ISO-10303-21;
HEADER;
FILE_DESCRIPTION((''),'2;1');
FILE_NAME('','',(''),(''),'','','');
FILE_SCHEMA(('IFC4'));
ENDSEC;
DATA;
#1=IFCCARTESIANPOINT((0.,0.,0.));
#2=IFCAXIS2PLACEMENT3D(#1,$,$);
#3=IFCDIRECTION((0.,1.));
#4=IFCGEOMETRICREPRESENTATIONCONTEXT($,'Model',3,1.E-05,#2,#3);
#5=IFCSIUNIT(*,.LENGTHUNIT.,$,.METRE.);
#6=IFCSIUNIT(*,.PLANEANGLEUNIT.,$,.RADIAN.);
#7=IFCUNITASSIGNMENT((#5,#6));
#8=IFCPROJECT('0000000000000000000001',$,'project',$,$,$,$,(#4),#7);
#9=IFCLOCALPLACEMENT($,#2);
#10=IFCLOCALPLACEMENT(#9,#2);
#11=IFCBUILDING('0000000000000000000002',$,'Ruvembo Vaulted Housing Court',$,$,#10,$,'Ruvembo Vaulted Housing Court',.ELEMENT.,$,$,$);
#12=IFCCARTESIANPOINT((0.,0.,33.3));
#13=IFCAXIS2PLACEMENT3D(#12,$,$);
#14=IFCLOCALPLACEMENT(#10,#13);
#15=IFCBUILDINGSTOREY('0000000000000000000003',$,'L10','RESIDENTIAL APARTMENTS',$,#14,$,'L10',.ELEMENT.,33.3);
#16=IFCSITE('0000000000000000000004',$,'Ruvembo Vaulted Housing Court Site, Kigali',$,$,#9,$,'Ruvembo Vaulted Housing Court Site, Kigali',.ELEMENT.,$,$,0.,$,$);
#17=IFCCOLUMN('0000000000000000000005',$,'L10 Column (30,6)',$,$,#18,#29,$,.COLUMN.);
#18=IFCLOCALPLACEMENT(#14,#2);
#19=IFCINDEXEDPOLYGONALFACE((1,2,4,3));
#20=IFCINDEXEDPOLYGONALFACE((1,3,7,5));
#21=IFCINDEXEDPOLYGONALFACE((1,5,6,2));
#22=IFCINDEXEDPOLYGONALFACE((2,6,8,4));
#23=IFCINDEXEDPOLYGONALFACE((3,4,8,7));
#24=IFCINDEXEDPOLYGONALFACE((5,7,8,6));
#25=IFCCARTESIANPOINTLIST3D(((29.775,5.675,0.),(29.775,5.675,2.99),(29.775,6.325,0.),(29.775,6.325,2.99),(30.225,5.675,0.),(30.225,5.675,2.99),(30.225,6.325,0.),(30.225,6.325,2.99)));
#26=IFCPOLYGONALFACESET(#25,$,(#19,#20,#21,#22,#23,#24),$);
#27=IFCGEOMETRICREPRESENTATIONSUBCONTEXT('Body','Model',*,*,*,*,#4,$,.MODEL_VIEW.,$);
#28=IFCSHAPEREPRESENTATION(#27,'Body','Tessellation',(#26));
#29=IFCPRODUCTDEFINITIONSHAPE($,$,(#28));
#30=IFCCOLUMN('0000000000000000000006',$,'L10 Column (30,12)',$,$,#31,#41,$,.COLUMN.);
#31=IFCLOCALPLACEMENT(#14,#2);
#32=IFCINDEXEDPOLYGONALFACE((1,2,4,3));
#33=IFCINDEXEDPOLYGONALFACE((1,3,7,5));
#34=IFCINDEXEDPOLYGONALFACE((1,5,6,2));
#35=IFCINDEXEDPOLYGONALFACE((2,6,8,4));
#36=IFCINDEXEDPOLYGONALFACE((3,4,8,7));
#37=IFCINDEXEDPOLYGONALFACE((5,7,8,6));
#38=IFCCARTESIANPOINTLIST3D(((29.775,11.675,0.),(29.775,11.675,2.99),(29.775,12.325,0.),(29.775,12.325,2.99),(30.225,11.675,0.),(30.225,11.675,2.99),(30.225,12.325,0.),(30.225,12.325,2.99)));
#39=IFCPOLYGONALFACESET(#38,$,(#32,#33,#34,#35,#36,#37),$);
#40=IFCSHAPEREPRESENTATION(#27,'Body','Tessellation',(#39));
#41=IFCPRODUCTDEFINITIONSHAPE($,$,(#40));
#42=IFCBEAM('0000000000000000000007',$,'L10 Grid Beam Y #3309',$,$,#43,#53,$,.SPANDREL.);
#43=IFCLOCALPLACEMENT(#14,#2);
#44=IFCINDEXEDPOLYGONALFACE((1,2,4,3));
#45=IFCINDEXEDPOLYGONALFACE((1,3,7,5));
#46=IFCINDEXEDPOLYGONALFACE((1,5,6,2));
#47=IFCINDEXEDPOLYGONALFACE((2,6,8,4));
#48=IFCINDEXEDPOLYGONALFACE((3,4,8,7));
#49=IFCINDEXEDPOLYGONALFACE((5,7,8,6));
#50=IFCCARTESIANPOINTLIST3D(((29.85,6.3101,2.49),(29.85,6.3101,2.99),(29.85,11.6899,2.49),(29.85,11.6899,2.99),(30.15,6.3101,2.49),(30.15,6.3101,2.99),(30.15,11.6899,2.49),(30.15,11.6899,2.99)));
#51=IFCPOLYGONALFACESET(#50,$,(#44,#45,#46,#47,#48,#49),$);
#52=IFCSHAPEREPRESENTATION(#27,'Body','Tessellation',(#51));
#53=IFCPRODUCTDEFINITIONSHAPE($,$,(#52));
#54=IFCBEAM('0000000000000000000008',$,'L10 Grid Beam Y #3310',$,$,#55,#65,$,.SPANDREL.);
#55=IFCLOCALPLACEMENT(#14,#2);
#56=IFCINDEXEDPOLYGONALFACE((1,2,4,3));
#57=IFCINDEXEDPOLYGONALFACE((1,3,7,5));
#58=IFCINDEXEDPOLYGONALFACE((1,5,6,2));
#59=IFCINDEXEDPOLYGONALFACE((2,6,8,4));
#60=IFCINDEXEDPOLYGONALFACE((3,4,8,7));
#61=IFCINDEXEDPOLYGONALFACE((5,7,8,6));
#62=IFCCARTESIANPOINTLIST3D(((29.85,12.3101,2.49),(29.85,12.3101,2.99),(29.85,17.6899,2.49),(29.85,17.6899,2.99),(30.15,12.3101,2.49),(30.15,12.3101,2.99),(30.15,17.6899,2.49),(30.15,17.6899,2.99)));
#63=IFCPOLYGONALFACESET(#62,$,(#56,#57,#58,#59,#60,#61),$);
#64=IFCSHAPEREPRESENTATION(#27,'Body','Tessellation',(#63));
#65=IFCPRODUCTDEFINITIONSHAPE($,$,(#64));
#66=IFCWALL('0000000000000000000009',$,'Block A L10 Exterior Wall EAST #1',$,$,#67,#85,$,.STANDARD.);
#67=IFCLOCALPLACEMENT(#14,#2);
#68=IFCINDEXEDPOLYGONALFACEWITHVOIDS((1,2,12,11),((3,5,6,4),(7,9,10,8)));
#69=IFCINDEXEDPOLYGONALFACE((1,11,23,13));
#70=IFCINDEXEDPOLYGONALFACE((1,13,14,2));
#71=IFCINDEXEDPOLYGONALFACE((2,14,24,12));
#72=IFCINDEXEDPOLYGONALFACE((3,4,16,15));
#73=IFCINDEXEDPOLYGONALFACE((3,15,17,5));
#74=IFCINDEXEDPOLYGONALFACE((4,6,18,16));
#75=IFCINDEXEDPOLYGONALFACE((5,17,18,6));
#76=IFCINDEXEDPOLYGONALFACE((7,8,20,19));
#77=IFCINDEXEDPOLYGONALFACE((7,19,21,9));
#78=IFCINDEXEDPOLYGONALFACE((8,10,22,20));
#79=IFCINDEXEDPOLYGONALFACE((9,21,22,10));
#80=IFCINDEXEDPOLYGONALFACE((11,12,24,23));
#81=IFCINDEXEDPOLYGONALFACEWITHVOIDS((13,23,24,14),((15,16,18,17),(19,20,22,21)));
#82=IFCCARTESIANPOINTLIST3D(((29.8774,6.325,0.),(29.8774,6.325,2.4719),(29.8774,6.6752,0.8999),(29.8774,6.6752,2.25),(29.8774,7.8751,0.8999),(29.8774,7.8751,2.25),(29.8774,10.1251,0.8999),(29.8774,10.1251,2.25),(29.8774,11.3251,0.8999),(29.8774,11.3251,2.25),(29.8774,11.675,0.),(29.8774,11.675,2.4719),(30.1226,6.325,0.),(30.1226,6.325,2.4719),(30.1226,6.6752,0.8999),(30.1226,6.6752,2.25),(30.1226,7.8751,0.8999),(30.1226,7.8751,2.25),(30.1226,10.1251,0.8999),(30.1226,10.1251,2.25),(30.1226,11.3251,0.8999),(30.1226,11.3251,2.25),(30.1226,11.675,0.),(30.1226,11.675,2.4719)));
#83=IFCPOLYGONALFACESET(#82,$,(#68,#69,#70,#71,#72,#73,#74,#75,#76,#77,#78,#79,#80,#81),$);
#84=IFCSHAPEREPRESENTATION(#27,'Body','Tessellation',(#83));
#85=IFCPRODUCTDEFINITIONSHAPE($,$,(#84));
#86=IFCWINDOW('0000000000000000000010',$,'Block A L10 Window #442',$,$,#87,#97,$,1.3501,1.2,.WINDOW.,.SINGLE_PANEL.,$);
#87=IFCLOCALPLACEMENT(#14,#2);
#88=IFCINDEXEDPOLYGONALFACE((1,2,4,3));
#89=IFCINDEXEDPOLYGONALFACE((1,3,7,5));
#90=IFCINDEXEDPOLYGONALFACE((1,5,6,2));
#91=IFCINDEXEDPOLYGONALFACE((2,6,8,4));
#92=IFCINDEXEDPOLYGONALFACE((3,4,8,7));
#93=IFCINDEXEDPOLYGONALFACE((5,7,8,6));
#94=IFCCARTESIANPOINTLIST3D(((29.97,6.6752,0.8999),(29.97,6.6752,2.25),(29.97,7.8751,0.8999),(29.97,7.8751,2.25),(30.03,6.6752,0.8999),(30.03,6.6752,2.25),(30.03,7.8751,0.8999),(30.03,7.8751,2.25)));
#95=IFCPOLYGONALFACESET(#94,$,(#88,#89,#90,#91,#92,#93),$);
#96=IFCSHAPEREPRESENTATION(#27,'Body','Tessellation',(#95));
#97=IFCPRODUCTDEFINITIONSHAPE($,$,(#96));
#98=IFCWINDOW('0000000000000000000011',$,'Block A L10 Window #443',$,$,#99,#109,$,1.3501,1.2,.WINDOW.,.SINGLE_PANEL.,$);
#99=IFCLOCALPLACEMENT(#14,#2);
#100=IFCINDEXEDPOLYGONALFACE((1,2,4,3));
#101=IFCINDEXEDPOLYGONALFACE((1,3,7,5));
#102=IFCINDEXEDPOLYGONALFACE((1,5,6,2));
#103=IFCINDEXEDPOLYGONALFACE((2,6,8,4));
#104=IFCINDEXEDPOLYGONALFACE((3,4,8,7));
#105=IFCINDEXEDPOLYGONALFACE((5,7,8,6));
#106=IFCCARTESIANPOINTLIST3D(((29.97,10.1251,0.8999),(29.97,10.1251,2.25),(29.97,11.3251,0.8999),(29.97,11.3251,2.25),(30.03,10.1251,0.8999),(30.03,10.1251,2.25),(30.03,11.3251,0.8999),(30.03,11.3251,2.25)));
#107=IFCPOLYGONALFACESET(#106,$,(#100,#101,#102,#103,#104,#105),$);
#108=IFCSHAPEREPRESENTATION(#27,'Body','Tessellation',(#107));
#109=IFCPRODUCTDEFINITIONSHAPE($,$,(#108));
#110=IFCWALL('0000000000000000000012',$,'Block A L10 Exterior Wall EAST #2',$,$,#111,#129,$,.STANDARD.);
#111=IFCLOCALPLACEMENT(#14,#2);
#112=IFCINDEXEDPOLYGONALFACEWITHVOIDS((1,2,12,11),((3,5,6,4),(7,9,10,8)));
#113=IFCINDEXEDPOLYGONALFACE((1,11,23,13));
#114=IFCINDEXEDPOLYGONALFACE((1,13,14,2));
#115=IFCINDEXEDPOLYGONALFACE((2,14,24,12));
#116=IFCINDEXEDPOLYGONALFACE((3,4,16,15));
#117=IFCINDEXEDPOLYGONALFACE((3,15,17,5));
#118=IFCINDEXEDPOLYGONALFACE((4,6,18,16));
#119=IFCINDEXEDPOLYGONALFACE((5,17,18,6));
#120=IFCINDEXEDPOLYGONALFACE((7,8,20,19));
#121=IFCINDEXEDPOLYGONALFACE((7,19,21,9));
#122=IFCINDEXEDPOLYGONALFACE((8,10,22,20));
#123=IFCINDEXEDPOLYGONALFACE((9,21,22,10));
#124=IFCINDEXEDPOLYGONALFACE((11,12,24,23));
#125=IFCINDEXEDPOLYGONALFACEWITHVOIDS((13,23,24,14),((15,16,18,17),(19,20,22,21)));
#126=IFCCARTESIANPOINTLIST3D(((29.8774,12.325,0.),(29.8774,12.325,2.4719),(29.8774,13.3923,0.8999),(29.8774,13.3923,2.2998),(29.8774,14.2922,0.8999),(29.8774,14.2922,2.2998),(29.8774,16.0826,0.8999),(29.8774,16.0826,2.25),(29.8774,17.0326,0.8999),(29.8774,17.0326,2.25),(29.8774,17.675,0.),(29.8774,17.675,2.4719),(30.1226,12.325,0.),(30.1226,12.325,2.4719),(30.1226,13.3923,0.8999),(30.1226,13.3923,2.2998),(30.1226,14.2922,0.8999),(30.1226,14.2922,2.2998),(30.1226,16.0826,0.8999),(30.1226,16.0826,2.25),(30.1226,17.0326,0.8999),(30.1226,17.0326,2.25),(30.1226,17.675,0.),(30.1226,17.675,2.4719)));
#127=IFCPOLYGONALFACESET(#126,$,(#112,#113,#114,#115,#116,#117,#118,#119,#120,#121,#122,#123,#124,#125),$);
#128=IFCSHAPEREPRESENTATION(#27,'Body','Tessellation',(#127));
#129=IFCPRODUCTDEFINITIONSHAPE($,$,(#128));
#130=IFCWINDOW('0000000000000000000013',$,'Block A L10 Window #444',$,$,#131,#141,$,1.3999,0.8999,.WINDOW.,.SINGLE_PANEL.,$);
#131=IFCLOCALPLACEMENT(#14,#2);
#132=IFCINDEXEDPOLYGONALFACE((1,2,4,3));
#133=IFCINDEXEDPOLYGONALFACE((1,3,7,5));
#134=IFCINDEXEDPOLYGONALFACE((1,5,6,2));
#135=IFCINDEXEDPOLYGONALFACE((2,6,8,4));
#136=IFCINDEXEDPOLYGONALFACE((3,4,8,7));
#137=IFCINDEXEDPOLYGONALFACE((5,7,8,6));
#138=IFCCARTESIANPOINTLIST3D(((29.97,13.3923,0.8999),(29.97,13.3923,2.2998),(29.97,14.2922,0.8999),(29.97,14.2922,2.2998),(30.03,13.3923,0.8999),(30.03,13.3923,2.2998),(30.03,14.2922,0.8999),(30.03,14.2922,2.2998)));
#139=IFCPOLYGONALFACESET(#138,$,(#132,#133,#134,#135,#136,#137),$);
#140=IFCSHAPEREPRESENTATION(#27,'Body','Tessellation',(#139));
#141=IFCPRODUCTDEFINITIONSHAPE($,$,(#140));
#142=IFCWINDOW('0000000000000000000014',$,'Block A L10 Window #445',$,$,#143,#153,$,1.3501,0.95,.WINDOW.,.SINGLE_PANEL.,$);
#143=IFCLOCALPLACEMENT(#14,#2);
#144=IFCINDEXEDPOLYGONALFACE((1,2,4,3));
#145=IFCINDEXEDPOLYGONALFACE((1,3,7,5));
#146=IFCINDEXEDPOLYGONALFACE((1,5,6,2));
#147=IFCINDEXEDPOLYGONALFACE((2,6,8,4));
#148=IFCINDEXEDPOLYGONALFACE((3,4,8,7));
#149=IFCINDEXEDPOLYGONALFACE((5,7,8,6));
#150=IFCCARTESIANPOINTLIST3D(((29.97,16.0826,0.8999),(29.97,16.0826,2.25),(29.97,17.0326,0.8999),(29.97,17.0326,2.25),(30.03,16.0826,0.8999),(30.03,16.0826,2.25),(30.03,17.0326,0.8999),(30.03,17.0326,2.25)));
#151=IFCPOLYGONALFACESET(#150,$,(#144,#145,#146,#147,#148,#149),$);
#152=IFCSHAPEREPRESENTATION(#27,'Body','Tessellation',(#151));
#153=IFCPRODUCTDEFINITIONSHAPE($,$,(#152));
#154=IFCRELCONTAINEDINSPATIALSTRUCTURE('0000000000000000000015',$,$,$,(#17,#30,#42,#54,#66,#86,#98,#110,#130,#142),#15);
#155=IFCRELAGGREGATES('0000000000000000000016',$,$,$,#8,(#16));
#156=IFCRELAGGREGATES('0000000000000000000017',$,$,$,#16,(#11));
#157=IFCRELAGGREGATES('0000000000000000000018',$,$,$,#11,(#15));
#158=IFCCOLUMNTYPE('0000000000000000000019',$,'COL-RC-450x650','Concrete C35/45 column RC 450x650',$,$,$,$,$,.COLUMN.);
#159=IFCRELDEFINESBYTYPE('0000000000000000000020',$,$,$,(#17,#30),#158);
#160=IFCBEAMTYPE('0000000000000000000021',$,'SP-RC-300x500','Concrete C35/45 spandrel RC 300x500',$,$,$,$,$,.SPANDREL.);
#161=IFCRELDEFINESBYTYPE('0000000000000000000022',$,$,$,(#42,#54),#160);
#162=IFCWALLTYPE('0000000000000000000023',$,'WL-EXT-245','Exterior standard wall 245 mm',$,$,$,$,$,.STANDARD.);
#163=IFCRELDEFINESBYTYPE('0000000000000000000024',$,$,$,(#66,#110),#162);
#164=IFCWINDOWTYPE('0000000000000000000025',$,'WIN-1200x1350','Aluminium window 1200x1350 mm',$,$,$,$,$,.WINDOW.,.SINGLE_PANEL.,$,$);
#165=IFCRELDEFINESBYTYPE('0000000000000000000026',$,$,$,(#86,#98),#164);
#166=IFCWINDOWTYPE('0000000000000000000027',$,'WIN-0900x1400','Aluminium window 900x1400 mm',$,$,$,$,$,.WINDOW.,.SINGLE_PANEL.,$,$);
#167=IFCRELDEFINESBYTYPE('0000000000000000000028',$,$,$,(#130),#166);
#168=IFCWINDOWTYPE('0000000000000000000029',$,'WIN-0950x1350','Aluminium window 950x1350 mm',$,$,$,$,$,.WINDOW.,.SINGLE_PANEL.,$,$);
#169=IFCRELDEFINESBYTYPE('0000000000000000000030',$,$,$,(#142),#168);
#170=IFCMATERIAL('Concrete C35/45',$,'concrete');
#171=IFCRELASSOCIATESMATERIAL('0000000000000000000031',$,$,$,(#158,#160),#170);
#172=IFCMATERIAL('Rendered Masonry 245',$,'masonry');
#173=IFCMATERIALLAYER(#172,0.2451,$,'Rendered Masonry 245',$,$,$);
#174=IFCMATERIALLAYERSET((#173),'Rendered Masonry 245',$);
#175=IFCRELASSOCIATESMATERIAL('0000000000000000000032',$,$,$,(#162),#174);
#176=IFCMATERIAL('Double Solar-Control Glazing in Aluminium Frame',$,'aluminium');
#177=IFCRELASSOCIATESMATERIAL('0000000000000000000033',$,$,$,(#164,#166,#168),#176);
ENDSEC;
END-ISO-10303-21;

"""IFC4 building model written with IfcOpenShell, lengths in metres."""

from ifc_helpers import new_model, si_unit, direction, frame, frame_2d, origin, origin_2d, place, context, subcontext, project, spatial, rectangle, extrude, material, layer, layer_set, material_profile, profile_set, type_object, element, fill, save


model = new_model("IFC4")

# Units and contexts
model_context = context("Model", 3, precision=1e-05, world=origin(), true_north=direction((0.0, 1.0)))
body_context = subcontext(model_context, "Body", "Model", "MODEL_VIEW")
ifc_project = project(units=[si_unit("LENGTHUNIT", "METRE"), si_unit("PLANEANGLEUNIT", "RADIAN")], contexts=[model_context])

# Site, building, storey
site_placement = place(None, origin())
site = spatial("IfcSite", under=ifc_project, at=site_placement, Name="Ruvembo Vaulted Housing Court Site, Kigali", LongName="Ruvembo Vaulted Housing Court Site, Kigali", CompositionType="ELEMENT", RefElevation=0.0)
building_placement = place(site_placement, origin())
building = spatial("IfcBuilding", under=site, at=building_placement, Name="Ruvembo Vaulted Housing Court", LongName="Ruvembo Vaulted Housing Court", CompositionType="ELEMENT")
storey_placement = place(building_placement, frame((0.0, 0.0, 33.3)))
storey = spatial("IfcBuildingStorey", under=building, at=storey_placement, Name="L10", Description="RESIDENTIAL APARTMENTS", LongName="L10", CompositionType="ELEMENT", Elevation=33.3)

# Columns
ifc_material_1 = material(Name="Concrete C35/45", Category="concrete")
ifc_material_profile_1 = material_profile(ifc_material_1, rectangle(XDim=0.45, YDim=0.6499, at=origin_2d()), Name="RC 450x650")
ifc_profile_set_1 = profile_set([ifc_material_profile_1], Name="Concrete C35/45")
column_type = type_object("IfcColumnType", Name="COL-RC-450x650", Description="Concrete C35/45 column RC 450x650", PredefinedType="COLUMN", material=ifc_profile_set_1)
for number, where, z_axis, x_axis, name in (
    (1, (30.0, 6.0, 0.0), (0.0, 0.0, 1.0), (1.0, 0.0, 0.0), "L10 Column (30,6)"),
    (2, (30.0, 12.0, 0.0), (0.0, 0.0, 1.0), (1.0, 0.0, 0.0), "L10 Column (30,12)"),
):
    element("IfcColumn", number, at=place(storey_placement, frame(where, z_axis=z_axis, x_axis=x_axis)), inside=storey, type_object=column_type, Name=name, PredefinedType="COLUMN", context=body_context, shape_type="SweptSolid", body=[
        extrude(rectangle(XDim=0.45, YDim=0.6499, at=origin_2d()), origin(), (0.0, 0.0, 1.0), 2.99),
    ])

# Beams
ifc_material_profile_2 = material_profile(ifc_material_1, rectangle(XDim=0.3, YDim=0.5, at=origin_2d()), Name="RC 300x500")
ifc_profile_set_2 = profile_set([ifc_material_profile_2], Name="Concrete C35/45")
beam_type = type_object("IfcBeamType", Name="SP-RC-300x500", Description="Concrete C35/45 spandrel RC 300x500", PredefinedType="SPANDREL", material=ifc_profile_set_2)
for number, where, z_axis, x_axis, name in (
    (3, (30.0, 6.3101, 2.74), (0.0, 1.0, 0.0), (-1.0, 0.0, 0.0), "L10 Grid Beam Y #3309"),
    (4, (30.0, 12.3101, 2.74), (0.0, 1.0, 0.0), (-1.0, 0.0, 0.0), "L10 Grid Beam Y #3310"),
):
    element("IfcBeam", number, at=place(storey_placement, frame(where, z_axis=z_axis, x_axis=x_axis)), inside=storey, type_object=beam_type, Name=name, PredefinedType="SPANDREL", context=body_context, shape_type="SweptSolid", body=[
        extrude(rectangle(XDim=0.3, YDim=0.5, at=origin_2d()), origin(), (0.0, 0.0, 1.0), 5.3799),
    ])

# Walls, openings, windows
ifc_material_2 = material(Name="Rendered Masonry 245", Category="masonry")
ifc_layer_1 = layer(ifc_material_2, 0.2451, Name="Rendered Masonry 245")
ifc_layer_set_1 = layer_set([ifc_layer_1], Name="Rendered Masonry 245")
wall_type_1 = type_object("IfcWallType", Name="WL-EXT-245", Description="Exterior standard wall 245 mm", PredefinedType="STANDARD", material=ifc_layer_set_1)
wall_1_placement = place(storey_placement, frame((30.0, 6.325, 0.0), z_axis=(0.0, 0.0, 1.0), x_axis=(0.0, 1.0, 0.0)))
wall_1 = element("IfcWall", 5, at=wall_1_placement, inside=storey, type_object=wall_type_1, Name="Block A L10 Exterior Wall EAST #1", PredefinedType="STANDARD", context=body_context, shape_type="SweptSolid", body=[
    extrude(rectangle(XDim=5.3501, YDim=0.2451, at=frame_2d((2.675, 0.0))), origin(), (0.0, 0.0, 1.0), 2.4719),
])
opening_1_placement = place(wall_1_placement, frame((0.3501, 0.0, 0.8999)))
opening_1 = element("IfcOpeningElement", 6, at=opening_1_placement, cuts=wall_1, PredefinedType="OPENING", context=body_context, shape_type="SweptSolid", body=[
    extrude(rectangle(XDim=1.2, YDim=1.3501, at=frame_2d((0.6001, 0.675))), frame((0.0, 0.1326, 0.0), z_axis=(0.0, -1.0, 0.0), x_axis=(1.0, 0.0, 0.0)), (0.0, 0.0, 1.0), 0.2651),
])
opening_2_placement = place(wall_1_placement, frame((3.8, 0.0, 0.8999)))
opening_2 = element("IfcOpeningElement", 7, at=opening_2_placement, cuts=wall_1, PredefinedType="OPENING", context=body_context, shape_type="SweptSolid", body=[
    extrude(rectangle(XDim=1.2, YDim=1.3501, at=frame_2d((0.6001, 0.675))), frame((0.0, 0.1326, 0.0), z_axis=(0.0, -1.0, 0.0), x_axis=(1.0, 0.0, 0.0)), (0.0, 0.0, 1.0), 0.2651),
])
ifc_material_3 = material(Name="Double Solar-Control Glazing in Aluminium Frame", Category="aluminium")
window_type_1 = type_object("IfcWindowType", Name="WIN-1200x1350", Description="Aluminium window 1200x1350 mm", PartitioningType="SINGLE_PANEL", PredefinedType="WINDOW", material=ifc_material_3)
window_1_placement = place(opening_1_placement, origin())
window_1 = element("IfcWindow", 8, at=window_1_placement, inside=storey, type_object=window_type_1, Name="Block A L10 Window #442", OverallHeight=1.3501, OverallWidth=1.2, PartitioningType="SINGLE_PANEL", PredefinedType="WINDOW", context=body_context, shape_type="SweptSolid", body=[
    extrude(rectangle(XDim=1.2, YDim=1.3501, at=frame_2d((0.6001, 0.675))), frame((0.0, 0.03, 0.0), z_axis=(0.0, -1.0, 0.0), x_axis=(1.0, 0.0, 0.0)), (0.0, 0.0, 1.0), 0.0601),
])
fill(opening_1, window_1)
window_2_placement = place(opening_2_placement, origin())
window_2 = element("IfcWindow", 9, at=window_2_placement, inside=storey, type_object=window_type_1, Name="Block A L10 Window #443", OverallHeight=1.3501, OverallWidth=1.2, PartitioningType="SINGLE_PANEL", PredefinedType="WINDOW", context=body_context, shape_type="SweptSolid", body=[
    extrude(rectangle(XDim=1.2, YDim=1.3501, at=frame_2d((0.6001, 0.675))), frame((0.0, 0.03, 0.0), z_axis=(0.0, -1.0, 0.0), x_axis=(1.0, 0.0, 0.0)), (0.0, 0.0, 1.0), 0.0601),
])
fill(opening_2, window_2)
wall_2_placement = place(storey_placement, frame((30.0, 12.325, 0.0), z_axis=(0.0, 0.0, 1.0), x_axis=(0.0, 1.0, 0.0)))
wall_2 = element("IfcWall", 10, at=wall_2_placement, inside=storey, type_object=wall_type_1, Name="Block A L10 Exterior Wall EAST #2", PredefinedType="STANDARD", context=body_context, shape_type="SweptSolid", body=[
    extrude(rectangle(XDim=5.3501, YDim=0.2451, at=frame_2d((2.675, 0.0))), origin(), (0.0, 0.0, 1.0), 2.4719),
])
opening_3_placement = place(wall_2_placement, frame((1.0674, 0.0, 0.8999)))
opening_3 = element("IfcOpeningElement", 11, at=opening_3_placement, cuts=wall_2, PredefinedType="OPENING", context=body_context, shape_type="SweptSolid", body=[
    extrude(rectangle(XDim=0.8999, YDim=1.3999, at=frame_2d((0.45, 0.7))), frame((0.0, 0.1326, 0.0), z_axis=(0.0, -1.0, 0.0), x_axis=(1.0, 0.0, 0.0)), (0.0, 0.0, 1.0), 0.2651),
])
opening_4_placement = place(wall_2_placement, frame((3.7576, 0.0, 0.8999)))
opening_4 = element("IfcOpeningElement", 12, at=opening_4_placement, cuts=wall_2, PredefinedType="OPENING", context=body_context, shape_type="SweptSolid", body=[
    extrude(rectangle(XDim=0.95, YDim=1.3501, at=frame_2d((0.4751, 0.675))), frame((0.0, 0.1326, 0.0), z_axis=(0.0, -1.0, 0.0), x_axis=(1.0, 0.0, 0.0)), (0.0, 0.0, 1.0), 0.2651),
])
window_type_2 = type_object("IfcWindowType", Name="WIN-0900x1400", Description="Aluminium window 900x1400 mm", PartitioningType="SINGLE_PANEL", PredefinedType="WINDOW", material=ifc_material_3)
window_3_placement = place(opening_3_placement, origin())
window_3 = element("IfcWindow", 13, at=window_3_placement, inside=storey, type_object=window_type_2, Name="Block A L10 Window #444", OverallHeight=1.3999, OverallWidth=0.8999, PartitioningType="SINGLE_PANEL", PredefinedType="WINDOW", context=body_context, shape_type="SweptSolid", body=[
    extrude(rectangle(XDim=0.8999, YDim=1.3999, at=frame_2d((0.45, 0.7))), frame((0.0, 0.03, 0.0), z_axis=(0.0, -1.0, 0.0), x_axis=(1.0, 0.0, 0.0)), (0.0, 0.0, 1.0), 0.0601),
])
fill(opening_3, window_3)
window_type_3 = type_object("IfcWindowType", Name="WIN-0950x1350", Description="Aluminium window 950x1350 mm", PartitioningType="SINGLE_PANEL", PredefinedType="WINDOW", material=ifc_material_3)
window_4_placement = place(opening_4_placement, origin())
window_4 = element("IfcWindow", 14, at=window_4_placement, inside=storey, type_object=window_type_3, Name="Block A L10 Window #445", OverallHeight=1.3501, OverallWidth=0.95, PartitioningType="SINGLE_PANEL", PredefinedType="WINDOW", context=body_context, shape_type="SweptSolid", body=[
    extrude(rectangle(XDim=0.95, YDim=1.3501, at=frame_2d((0.4751, 0.675))), frame((0.0, 0.03, 0.0), z_axis=(0.0, -1.0, 0.0), x_axis=(1.0, 0.0, 0.0)), (0.0, 0.0, 1.0), 0.0601),
])
fill(opening_4, window_4)

save(model, "model.ifc")
